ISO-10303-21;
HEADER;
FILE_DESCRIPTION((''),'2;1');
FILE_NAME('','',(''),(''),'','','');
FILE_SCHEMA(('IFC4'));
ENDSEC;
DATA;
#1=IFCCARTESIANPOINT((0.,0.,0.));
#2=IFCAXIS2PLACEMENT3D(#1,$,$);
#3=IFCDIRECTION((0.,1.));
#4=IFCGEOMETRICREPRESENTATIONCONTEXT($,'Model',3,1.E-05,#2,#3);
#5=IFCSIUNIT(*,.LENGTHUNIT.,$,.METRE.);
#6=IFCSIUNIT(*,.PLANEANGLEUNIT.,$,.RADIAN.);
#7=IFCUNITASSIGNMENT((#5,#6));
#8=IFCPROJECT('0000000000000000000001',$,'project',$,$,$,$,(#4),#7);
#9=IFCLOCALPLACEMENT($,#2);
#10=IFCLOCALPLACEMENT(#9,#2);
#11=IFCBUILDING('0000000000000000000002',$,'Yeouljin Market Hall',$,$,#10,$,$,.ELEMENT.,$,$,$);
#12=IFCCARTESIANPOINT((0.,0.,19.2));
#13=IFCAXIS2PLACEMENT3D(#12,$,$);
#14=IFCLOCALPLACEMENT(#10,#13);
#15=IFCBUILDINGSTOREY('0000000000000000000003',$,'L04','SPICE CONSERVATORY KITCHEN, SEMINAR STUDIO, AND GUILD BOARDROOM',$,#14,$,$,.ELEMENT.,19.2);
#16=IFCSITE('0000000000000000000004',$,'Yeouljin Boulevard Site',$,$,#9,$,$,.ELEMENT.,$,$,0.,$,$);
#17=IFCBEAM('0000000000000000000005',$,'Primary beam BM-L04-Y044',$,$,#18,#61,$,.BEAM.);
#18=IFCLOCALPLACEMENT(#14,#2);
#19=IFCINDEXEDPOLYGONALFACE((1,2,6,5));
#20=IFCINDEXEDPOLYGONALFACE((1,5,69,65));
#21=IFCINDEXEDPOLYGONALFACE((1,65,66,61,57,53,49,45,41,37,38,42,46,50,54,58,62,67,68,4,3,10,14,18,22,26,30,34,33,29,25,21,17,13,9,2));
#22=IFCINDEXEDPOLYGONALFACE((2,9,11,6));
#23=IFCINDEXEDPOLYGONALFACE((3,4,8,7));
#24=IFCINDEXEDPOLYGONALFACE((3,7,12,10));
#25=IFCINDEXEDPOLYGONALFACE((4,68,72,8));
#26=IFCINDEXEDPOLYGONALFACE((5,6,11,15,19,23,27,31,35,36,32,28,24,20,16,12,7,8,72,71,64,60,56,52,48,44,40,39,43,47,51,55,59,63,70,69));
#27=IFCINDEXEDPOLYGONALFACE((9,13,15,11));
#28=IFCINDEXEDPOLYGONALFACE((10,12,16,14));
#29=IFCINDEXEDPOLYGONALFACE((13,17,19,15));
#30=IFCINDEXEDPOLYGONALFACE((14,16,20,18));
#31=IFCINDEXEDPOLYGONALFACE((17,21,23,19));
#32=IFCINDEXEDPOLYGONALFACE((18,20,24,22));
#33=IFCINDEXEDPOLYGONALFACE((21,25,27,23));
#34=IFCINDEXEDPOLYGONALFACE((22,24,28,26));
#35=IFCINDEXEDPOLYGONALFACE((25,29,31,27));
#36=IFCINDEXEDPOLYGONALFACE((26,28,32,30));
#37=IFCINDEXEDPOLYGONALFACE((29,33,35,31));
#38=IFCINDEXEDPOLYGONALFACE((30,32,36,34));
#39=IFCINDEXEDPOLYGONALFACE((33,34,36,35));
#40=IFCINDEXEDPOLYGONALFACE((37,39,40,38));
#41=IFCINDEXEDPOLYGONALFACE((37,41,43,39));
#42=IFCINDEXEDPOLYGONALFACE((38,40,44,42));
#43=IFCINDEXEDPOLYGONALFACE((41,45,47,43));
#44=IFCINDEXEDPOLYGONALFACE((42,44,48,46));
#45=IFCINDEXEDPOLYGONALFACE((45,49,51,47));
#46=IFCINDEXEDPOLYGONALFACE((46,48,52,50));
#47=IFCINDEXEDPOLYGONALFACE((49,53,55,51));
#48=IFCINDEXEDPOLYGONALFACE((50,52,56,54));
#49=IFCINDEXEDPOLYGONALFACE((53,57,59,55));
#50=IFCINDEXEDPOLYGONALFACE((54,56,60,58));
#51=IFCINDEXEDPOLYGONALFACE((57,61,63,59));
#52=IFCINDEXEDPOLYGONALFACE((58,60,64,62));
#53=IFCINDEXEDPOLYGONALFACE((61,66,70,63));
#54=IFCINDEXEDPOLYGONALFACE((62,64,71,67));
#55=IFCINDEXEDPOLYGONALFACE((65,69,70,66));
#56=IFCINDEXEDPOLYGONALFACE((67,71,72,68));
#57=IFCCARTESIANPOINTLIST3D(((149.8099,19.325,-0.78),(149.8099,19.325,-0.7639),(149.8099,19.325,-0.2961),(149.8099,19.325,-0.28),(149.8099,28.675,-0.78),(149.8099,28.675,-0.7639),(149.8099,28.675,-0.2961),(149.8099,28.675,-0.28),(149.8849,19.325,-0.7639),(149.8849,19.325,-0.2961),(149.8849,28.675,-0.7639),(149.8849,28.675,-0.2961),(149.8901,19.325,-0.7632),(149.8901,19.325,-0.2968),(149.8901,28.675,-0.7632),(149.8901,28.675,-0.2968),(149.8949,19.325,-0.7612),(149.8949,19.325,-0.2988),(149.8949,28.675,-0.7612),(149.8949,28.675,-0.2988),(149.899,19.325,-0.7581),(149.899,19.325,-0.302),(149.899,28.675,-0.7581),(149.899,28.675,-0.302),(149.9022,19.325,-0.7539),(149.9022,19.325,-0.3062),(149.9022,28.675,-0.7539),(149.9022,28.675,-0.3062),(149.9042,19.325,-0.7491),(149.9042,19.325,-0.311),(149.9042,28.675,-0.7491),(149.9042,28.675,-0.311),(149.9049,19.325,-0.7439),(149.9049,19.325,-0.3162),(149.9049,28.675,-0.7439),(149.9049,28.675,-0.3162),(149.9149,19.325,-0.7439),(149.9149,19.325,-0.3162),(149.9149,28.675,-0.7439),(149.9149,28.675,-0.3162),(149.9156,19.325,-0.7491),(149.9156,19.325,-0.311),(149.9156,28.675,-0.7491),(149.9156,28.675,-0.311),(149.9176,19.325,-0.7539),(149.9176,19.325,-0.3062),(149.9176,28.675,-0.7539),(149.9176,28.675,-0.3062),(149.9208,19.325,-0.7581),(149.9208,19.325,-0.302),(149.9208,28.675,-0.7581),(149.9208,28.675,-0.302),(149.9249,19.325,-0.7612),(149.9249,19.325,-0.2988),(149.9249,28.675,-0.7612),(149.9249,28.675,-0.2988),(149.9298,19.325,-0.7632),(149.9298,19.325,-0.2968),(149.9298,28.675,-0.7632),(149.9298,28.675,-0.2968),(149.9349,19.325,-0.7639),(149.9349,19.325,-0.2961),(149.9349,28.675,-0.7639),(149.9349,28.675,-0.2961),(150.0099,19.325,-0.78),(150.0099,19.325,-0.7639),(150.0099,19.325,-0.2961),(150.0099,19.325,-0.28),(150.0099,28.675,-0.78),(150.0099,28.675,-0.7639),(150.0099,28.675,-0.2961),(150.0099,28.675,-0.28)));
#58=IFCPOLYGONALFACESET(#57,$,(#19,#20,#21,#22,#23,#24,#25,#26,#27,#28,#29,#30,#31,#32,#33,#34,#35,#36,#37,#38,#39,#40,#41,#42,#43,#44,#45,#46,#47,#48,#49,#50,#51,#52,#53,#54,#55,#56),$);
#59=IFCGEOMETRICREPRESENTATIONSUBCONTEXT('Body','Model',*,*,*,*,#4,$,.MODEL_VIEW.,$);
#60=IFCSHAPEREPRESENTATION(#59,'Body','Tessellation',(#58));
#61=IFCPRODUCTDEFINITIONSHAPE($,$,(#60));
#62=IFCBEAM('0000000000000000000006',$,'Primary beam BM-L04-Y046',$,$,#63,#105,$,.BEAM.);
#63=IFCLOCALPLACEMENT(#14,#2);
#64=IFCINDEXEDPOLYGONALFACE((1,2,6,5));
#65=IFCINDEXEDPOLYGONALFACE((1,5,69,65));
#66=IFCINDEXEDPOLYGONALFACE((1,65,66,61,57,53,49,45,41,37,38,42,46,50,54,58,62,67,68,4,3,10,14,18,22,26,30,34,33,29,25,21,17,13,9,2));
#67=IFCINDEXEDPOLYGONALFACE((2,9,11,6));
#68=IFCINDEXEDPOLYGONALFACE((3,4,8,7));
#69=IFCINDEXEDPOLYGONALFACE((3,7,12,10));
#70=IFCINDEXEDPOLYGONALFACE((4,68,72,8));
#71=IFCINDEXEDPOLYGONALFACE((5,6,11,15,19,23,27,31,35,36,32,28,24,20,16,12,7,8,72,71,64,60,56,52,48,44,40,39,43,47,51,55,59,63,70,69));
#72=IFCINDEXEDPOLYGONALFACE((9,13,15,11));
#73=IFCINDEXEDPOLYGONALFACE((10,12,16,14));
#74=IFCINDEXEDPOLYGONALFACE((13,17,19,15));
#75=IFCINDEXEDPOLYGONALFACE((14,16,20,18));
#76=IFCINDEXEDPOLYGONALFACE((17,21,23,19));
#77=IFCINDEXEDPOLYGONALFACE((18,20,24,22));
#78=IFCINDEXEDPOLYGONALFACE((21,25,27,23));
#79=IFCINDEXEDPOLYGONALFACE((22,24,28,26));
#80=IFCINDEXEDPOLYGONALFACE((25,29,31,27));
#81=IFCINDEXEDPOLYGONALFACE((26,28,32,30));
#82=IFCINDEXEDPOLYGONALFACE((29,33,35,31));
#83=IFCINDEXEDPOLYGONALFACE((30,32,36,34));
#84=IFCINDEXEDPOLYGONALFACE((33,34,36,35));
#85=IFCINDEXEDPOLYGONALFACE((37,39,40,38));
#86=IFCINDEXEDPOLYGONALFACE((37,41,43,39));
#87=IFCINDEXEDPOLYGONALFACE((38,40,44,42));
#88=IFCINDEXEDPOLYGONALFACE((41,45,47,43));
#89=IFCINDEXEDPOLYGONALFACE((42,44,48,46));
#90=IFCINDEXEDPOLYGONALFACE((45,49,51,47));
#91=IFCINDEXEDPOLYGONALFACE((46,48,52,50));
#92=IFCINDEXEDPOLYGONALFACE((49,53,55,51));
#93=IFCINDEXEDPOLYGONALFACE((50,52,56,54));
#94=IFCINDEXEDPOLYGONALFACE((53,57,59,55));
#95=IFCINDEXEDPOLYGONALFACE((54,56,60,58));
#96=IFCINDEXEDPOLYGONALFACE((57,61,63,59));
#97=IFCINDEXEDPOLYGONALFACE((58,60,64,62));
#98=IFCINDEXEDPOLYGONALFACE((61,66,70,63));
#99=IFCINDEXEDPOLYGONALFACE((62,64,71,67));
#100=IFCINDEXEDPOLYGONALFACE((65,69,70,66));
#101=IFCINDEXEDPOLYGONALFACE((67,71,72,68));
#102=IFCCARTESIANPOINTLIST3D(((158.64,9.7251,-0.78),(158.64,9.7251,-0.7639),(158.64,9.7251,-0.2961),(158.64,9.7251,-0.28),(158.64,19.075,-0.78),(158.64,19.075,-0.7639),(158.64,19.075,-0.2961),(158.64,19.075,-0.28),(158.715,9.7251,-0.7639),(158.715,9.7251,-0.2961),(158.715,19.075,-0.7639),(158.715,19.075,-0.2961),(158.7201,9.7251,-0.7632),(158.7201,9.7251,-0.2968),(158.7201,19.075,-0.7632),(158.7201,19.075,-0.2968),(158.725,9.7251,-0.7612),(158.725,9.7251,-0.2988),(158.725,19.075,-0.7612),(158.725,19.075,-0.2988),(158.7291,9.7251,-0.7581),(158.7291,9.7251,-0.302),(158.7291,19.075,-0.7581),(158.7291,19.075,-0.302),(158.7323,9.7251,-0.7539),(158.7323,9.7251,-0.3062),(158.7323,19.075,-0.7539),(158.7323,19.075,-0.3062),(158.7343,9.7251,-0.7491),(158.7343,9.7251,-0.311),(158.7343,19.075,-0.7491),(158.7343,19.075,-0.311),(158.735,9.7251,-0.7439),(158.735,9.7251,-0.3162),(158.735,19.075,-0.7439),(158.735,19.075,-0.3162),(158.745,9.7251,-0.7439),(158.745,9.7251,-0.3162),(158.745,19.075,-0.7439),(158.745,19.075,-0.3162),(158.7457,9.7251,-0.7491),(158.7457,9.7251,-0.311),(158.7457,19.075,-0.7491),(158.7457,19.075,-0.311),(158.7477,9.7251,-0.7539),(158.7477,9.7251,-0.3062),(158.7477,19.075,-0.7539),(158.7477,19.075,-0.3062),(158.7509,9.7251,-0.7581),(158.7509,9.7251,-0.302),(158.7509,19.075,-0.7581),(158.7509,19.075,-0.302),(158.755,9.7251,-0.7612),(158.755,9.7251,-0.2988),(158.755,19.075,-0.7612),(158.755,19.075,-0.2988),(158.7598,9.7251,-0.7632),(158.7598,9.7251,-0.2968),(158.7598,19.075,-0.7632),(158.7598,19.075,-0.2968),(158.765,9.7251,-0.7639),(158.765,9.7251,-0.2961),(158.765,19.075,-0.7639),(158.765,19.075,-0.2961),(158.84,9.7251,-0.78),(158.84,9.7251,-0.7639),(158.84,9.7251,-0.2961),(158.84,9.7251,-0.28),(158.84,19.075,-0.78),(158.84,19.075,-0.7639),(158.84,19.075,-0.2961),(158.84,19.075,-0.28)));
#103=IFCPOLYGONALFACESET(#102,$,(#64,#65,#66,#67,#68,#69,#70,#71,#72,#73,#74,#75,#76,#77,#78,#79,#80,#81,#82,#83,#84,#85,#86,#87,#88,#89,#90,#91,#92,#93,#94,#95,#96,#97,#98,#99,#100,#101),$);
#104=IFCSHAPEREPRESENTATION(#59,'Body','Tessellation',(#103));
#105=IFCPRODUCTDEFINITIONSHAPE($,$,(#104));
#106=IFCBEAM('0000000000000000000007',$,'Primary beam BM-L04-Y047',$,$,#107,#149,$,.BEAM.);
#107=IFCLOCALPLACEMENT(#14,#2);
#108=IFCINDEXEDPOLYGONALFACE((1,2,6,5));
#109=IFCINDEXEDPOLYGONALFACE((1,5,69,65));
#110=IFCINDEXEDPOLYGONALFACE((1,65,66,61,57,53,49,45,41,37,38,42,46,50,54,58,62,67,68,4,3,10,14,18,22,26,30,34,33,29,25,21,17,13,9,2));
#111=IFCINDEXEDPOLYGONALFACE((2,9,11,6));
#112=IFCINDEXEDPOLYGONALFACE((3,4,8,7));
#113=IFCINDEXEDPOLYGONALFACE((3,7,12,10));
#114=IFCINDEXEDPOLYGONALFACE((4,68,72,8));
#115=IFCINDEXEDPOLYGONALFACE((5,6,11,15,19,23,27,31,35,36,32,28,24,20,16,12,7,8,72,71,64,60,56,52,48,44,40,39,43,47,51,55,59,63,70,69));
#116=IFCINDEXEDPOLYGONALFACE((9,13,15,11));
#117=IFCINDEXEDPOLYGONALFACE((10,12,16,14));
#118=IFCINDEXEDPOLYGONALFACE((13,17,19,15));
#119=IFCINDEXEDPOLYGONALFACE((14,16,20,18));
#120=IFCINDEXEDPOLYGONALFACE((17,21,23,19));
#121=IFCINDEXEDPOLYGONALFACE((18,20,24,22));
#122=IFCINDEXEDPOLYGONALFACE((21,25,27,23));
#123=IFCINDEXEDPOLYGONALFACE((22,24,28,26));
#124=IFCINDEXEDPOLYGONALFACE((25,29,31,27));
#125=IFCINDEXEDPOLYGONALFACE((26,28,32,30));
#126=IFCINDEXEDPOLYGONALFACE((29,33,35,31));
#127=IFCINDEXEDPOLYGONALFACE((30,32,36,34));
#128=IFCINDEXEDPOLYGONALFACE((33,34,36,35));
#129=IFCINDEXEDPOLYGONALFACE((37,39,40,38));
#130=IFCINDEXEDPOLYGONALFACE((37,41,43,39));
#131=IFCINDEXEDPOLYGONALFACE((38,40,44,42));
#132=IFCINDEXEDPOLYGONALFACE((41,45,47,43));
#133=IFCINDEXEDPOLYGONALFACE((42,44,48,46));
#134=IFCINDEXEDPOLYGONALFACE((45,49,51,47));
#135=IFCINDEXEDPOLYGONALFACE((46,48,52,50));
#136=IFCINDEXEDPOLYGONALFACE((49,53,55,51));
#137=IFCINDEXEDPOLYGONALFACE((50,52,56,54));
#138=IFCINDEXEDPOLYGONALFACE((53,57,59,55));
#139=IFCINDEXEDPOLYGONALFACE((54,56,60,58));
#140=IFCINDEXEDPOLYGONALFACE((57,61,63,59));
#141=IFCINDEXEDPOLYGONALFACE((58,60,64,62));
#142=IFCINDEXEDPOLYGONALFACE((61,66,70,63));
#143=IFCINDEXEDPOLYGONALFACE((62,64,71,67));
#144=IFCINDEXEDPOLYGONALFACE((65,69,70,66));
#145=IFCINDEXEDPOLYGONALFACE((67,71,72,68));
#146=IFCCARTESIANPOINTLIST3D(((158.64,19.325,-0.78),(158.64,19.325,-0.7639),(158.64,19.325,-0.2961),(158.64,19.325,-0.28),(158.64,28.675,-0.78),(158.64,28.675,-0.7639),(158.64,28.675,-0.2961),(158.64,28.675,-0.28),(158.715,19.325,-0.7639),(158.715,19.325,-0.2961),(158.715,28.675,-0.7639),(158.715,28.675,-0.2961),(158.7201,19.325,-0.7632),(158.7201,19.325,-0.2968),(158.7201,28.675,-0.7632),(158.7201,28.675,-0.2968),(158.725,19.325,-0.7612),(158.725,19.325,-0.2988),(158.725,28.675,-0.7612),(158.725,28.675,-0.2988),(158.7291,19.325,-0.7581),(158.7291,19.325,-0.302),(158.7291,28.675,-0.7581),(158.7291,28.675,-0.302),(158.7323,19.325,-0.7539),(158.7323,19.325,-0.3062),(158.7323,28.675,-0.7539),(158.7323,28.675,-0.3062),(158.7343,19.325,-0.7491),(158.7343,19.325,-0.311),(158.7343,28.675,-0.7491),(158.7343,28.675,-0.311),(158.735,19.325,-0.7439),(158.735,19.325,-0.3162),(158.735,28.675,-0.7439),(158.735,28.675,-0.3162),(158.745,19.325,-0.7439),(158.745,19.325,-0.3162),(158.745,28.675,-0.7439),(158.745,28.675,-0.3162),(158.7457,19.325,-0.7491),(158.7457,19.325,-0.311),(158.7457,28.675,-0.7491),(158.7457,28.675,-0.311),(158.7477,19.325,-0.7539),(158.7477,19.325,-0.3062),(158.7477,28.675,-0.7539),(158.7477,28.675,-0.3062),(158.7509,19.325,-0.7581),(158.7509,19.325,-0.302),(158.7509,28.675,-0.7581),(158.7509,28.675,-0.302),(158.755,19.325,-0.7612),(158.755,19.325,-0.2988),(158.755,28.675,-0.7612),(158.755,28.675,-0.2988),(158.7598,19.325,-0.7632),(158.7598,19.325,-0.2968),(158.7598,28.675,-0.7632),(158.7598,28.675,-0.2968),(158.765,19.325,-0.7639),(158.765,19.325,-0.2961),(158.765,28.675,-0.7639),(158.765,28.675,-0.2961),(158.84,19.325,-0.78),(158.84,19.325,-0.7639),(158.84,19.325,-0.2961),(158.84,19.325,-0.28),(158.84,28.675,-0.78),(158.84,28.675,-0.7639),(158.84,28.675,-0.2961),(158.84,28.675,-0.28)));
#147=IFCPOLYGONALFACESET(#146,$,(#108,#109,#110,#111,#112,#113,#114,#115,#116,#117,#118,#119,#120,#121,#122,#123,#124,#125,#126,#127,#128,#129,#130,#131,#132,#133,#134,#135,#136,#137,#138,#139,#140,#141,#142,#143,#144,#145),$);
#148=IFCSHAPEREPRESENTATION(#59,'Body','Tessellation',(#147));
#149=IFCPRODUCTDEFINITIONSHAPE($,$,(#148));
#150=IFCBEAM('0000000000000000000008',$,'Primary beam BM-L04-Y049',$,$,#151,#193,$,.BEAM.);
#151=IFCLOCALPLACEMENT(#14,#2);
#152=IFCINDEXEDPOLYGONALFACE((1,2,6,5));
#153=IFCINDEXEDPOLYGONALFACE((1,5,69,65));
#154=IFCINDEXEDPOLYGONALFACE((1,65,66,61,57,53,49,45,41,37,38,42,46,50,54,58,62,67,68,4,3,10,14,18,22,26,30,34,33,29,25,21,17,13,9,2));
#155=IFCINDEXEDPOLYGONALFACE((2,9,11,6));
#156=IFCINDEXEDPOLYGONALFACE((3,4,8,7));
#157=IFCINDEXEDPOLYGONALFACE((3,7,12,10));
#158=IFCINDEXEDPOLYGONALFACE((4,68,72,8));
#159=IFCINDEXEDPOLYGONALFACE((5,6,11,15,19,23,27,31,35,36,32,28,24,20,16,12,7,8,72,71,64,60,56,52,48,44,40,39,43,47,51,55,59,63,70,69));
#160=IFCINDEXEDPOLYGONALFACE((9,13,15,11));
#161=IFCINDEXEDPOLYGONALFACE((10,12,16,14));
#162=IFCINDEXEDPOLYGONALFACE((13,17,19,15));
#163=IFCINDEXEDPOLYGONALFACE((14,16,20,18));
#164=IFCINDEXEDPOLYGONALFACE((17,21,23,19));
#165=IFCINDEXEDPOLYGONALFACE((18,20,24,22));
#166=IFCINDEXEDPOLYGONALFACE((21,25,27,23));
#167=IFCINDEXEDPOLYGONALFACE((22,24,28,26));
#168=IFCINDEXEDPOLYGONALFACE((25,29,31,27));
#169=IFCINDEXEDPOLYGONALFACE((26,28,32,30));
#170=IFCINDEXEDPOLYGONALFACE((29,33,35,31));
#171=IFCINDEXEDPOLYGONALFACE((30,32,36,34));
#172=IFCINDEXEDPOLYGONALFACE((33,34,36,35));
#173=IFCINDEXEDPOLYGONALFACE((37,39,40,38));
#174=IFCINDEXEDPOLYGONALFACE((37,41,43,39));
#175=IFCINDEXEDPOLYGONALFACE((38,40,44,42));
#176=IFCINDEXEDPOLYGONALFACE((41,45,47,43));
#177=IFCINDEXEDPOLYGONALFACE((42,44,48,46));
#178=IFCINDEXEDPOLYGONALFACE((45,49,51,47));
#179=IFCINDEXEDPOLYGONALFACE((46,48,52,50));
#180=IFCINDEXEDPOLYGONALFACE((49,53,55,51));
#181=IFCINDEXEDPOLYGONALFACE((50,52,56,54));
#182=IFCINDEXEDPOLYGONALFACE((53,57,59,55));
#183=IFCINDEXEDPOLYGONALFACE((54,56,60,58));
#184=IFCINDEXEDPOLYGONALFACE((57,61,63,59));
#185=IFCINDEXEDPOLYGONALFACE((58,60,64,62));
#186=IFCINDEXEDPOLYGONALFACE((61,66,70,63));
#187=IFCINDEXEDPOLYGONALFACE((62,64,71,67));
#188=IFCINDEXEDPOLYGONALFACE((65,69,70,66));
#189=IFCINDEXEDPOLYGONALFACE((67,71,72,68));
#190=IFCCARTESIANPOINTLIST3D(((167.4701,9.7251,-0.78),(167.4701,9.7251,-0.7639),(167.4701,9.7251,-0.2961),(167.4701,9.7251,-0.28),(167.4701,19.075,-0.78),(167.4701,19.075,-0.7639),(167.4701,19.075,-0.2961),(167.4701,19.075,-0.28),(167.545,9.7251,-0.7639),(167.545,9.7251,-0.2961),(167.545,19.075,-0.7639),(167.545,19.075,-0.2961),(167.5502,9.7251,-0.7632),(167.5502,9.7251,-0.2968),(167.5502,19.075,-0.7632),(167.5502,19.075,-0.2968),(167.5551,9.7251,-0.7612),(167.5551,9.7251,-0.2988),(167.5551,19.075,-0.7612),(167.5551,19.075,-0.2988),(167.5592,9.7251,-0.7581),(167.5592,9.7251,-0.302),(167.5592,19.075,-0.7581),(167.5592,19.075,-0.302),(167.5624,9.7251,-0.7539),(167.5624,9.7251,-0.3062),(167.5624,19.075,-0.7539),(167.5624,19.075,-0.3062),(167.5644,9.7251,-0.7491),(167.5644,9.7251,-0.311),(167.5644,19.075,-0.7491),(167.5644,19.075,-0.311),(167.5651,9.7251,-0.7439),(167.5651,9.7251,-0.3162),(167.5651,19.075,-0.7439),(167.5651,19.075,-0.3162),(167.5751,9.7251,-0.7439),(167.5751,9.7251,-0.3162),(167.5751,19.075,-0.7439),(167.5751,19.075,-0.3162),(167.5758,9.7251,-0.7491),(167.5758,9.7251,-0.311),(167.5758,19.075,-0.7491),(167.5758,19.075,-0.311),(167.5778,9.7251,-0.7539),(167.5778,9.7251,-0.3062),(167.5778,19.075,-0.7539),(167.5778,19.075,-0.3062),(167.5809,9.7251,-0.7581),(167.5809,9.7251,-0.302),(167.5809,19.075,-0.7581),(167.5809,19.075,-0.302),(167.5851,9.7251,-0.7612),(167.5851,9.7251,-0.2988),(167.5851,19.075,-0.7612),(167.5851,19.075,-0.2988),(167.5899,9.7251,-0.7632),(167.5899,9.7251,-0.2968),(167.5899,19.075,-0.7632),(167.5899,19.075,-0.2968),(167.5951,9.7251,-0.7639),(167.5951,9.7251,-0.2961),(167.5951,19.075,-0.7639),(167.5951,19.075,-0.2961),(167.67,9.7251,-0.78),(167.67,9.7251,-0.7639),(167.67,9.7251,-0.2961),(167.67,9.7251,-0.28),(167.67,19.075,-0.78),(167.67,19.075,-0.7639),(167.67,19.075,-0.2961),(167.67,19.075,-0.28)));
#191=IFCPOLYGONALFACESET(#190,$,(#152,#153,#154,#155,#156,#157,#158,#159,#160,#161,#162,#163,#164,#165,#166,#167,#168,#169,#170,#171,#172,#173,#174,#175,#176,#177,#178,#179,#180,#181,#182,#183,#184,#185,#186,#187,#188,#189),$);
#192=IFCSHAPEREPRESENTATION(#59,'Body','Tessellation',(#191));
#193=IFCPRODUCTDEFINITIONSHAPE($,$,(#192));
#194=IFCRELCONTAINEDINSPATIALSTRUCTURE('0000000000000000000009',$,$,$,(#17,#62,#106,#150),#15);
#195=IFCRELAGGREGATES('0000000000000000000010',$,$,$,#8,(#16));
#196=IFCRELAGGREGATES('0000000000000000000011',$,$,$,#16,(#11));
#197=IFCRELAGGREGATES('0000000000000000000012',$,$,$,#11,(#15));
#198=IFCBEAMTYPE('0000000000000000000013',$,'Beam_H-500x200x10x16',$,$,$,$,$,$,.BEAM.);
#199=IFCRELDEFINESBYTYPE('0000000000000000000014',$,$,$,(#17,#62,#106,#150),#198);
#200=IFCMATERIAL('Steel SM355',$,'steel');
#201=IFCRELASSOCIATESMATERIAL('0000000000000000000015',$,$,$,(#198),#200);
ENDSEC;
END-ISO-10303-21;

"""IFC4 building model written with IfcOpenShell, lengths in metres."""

from ifc_helpers import new_model, si_unit, direction, frame, origin, origin_2d, place, context, subcontext, project, spatial, i_section, extrude, material, material_profile, profile_set, type_object, element, save


model = new_model("IFC4")

# Units and contexts
model_context = context("Model", 3, precision=1e-05, world=origin(), true_north=direction((0.0, 1.0)))
body_context = subcontext(model_context, "Body", "Model", "MODEL_VIEW")
ifc_project = project(units=[si_unit("LENGTHUNIT", "METRE"), si_unit("PLANEANGLEUNIT", "RADIAN")], contexts=[model_context])

# Site, building, storey
site_placement = place(None, origin())
site = spatial("IfcSite", under=ifc_project, at=site_placement, Name="Yeouljin Boulevard Site", CompositionType="ELEMENT", RefElevation=0.0)
building_placement = place(site_placement, origin())
building = spatial("IfcBuilding", under=site, at=building_placement, Name="Yeouljin Market Hall", CompositionType="ELEMENT")
storey_placement = place(building_placement, frame((0.0, 0.0, 19.2)))
storey = spatial("IfcBuildingStorey", under=building, at=storey_placement, Name="L04", Description="SPICE CONSERVATORY KITCHEN, SEMINAR STUDIO, AND GUILD BOARDROOM", CompositionType="ELEMENT", Elevation=19.2)

# Beams
ifc_material_1 = material(Name="Steel SM355", Category="steel")
ifc_material_profile_1 = material_profile(ifc_material_1, i_section(OverallWidth=0.2, OverallDepth=0.5, WebThickness=0.01, FlangeThickness=0.0161, FilletRadius=0.02, at=origin_2d()), Name="H-500x200x10x16")
ifc_profile_set_1 = profile_set([ifc_material_profile_1], Name="Steel SM355")
beam_type_1 = type_object("IfcBeamType", Name="Beam_H-500x200x10x16", PredefinedType="BEAM", material=ifc_profile_set_1)
beam_1_placement = place(storey_placement, frame((149.9099, 19.325, -0.53), z_axis=(0.0, 1.0, 0.0), x_axis=(-1.0, 0.0, 0.0)))
element("IfcBeam", 1, at=beam_1_placement, inside=storey, type_object=beam_type_1, Name="Primary beam BM-L04-Y044", PredefinedType="BEAM", context=body_context, shape_type="SweptSolid", body=[
    extrude(i_section(OverallWidth=0.2, OverallDepth=0.5, WebThickness=0.01, FlangeThickness=0.0161, FilletRadius=0.02, at=origin_2d()), origin(), (0.0, 0.0, 1.0), 9.3501),
])
beam_2_placement = place(storey_placement, frame((158.74, 9.7251, -0.53), z_axis=(0.0, 1.0, 0.0), x_axis=(-1.0, 0.0, 0.0)))
element("IfcBeam", 2, at=beam_2_placement, inside=storey, type_object=beam_type_1, Name="Primary beam BM-L04-Y046", PredefinedType="BEAM", context=body_context, shape_type="SweptSolid", body=[
    extrude(i_section(OverallWidth=0.2, OverallDepth=0.5, WebThickness=0.01, FlangeThickness=0.0161, FilletRadius=0.02, at=origin_2d()), origin(), (0.0, 0.0, 1.0), 9.3499),
])
beam_3_placement = place(storey_placement, frame((158.74, 19.325, -0.53), z_axis=(0.0, 1.0, 0.0), x_axis=(-1.0, 0.0, 0.0)))
element("IfcBeam", 3, at=beam_3_placement, inside=storey, type_object=beam_type_1, Name="Primary beam BM-L04-Y047", PredefinedType="BEAM", context=body_context, shape_type="SweptSolid", body=[
    extrude(i_section(OverallWidth=0.2, OverallDepth=0.5, WebThickness=0.01, FlangeThickness=0.0161, FilletRadius=0.02, at=origin_2d()), origin(), (0.0, 0.0, 1.0), 9.3501),
])
beam_4_placement = place(storey_placement, frame((167.5701, 9.7251, -0.53), z_axis=(0.0, 1.0, 0.0), x_axis=(-1.0, 0.0, 0.0)))
element("IfcBeam", 4, at=beam_4_placement, inside=storey, type_object=beam_type_1, Name="Primary beam BM-L04-Y049", PredefinedType="BEAM", context=body_context, shape_type="SweptSolid", body=[
    extrude(i_section(OverallWidth=0.2, OverallDepth=0.5, WebThickness=0.01, FlangeThickness=0.0161, FilletRadius=0.02, at=origin_2d()), origin(), (0.0, 0.0, 1.0), 9.3499),
])

save(model, "model.ifc")
